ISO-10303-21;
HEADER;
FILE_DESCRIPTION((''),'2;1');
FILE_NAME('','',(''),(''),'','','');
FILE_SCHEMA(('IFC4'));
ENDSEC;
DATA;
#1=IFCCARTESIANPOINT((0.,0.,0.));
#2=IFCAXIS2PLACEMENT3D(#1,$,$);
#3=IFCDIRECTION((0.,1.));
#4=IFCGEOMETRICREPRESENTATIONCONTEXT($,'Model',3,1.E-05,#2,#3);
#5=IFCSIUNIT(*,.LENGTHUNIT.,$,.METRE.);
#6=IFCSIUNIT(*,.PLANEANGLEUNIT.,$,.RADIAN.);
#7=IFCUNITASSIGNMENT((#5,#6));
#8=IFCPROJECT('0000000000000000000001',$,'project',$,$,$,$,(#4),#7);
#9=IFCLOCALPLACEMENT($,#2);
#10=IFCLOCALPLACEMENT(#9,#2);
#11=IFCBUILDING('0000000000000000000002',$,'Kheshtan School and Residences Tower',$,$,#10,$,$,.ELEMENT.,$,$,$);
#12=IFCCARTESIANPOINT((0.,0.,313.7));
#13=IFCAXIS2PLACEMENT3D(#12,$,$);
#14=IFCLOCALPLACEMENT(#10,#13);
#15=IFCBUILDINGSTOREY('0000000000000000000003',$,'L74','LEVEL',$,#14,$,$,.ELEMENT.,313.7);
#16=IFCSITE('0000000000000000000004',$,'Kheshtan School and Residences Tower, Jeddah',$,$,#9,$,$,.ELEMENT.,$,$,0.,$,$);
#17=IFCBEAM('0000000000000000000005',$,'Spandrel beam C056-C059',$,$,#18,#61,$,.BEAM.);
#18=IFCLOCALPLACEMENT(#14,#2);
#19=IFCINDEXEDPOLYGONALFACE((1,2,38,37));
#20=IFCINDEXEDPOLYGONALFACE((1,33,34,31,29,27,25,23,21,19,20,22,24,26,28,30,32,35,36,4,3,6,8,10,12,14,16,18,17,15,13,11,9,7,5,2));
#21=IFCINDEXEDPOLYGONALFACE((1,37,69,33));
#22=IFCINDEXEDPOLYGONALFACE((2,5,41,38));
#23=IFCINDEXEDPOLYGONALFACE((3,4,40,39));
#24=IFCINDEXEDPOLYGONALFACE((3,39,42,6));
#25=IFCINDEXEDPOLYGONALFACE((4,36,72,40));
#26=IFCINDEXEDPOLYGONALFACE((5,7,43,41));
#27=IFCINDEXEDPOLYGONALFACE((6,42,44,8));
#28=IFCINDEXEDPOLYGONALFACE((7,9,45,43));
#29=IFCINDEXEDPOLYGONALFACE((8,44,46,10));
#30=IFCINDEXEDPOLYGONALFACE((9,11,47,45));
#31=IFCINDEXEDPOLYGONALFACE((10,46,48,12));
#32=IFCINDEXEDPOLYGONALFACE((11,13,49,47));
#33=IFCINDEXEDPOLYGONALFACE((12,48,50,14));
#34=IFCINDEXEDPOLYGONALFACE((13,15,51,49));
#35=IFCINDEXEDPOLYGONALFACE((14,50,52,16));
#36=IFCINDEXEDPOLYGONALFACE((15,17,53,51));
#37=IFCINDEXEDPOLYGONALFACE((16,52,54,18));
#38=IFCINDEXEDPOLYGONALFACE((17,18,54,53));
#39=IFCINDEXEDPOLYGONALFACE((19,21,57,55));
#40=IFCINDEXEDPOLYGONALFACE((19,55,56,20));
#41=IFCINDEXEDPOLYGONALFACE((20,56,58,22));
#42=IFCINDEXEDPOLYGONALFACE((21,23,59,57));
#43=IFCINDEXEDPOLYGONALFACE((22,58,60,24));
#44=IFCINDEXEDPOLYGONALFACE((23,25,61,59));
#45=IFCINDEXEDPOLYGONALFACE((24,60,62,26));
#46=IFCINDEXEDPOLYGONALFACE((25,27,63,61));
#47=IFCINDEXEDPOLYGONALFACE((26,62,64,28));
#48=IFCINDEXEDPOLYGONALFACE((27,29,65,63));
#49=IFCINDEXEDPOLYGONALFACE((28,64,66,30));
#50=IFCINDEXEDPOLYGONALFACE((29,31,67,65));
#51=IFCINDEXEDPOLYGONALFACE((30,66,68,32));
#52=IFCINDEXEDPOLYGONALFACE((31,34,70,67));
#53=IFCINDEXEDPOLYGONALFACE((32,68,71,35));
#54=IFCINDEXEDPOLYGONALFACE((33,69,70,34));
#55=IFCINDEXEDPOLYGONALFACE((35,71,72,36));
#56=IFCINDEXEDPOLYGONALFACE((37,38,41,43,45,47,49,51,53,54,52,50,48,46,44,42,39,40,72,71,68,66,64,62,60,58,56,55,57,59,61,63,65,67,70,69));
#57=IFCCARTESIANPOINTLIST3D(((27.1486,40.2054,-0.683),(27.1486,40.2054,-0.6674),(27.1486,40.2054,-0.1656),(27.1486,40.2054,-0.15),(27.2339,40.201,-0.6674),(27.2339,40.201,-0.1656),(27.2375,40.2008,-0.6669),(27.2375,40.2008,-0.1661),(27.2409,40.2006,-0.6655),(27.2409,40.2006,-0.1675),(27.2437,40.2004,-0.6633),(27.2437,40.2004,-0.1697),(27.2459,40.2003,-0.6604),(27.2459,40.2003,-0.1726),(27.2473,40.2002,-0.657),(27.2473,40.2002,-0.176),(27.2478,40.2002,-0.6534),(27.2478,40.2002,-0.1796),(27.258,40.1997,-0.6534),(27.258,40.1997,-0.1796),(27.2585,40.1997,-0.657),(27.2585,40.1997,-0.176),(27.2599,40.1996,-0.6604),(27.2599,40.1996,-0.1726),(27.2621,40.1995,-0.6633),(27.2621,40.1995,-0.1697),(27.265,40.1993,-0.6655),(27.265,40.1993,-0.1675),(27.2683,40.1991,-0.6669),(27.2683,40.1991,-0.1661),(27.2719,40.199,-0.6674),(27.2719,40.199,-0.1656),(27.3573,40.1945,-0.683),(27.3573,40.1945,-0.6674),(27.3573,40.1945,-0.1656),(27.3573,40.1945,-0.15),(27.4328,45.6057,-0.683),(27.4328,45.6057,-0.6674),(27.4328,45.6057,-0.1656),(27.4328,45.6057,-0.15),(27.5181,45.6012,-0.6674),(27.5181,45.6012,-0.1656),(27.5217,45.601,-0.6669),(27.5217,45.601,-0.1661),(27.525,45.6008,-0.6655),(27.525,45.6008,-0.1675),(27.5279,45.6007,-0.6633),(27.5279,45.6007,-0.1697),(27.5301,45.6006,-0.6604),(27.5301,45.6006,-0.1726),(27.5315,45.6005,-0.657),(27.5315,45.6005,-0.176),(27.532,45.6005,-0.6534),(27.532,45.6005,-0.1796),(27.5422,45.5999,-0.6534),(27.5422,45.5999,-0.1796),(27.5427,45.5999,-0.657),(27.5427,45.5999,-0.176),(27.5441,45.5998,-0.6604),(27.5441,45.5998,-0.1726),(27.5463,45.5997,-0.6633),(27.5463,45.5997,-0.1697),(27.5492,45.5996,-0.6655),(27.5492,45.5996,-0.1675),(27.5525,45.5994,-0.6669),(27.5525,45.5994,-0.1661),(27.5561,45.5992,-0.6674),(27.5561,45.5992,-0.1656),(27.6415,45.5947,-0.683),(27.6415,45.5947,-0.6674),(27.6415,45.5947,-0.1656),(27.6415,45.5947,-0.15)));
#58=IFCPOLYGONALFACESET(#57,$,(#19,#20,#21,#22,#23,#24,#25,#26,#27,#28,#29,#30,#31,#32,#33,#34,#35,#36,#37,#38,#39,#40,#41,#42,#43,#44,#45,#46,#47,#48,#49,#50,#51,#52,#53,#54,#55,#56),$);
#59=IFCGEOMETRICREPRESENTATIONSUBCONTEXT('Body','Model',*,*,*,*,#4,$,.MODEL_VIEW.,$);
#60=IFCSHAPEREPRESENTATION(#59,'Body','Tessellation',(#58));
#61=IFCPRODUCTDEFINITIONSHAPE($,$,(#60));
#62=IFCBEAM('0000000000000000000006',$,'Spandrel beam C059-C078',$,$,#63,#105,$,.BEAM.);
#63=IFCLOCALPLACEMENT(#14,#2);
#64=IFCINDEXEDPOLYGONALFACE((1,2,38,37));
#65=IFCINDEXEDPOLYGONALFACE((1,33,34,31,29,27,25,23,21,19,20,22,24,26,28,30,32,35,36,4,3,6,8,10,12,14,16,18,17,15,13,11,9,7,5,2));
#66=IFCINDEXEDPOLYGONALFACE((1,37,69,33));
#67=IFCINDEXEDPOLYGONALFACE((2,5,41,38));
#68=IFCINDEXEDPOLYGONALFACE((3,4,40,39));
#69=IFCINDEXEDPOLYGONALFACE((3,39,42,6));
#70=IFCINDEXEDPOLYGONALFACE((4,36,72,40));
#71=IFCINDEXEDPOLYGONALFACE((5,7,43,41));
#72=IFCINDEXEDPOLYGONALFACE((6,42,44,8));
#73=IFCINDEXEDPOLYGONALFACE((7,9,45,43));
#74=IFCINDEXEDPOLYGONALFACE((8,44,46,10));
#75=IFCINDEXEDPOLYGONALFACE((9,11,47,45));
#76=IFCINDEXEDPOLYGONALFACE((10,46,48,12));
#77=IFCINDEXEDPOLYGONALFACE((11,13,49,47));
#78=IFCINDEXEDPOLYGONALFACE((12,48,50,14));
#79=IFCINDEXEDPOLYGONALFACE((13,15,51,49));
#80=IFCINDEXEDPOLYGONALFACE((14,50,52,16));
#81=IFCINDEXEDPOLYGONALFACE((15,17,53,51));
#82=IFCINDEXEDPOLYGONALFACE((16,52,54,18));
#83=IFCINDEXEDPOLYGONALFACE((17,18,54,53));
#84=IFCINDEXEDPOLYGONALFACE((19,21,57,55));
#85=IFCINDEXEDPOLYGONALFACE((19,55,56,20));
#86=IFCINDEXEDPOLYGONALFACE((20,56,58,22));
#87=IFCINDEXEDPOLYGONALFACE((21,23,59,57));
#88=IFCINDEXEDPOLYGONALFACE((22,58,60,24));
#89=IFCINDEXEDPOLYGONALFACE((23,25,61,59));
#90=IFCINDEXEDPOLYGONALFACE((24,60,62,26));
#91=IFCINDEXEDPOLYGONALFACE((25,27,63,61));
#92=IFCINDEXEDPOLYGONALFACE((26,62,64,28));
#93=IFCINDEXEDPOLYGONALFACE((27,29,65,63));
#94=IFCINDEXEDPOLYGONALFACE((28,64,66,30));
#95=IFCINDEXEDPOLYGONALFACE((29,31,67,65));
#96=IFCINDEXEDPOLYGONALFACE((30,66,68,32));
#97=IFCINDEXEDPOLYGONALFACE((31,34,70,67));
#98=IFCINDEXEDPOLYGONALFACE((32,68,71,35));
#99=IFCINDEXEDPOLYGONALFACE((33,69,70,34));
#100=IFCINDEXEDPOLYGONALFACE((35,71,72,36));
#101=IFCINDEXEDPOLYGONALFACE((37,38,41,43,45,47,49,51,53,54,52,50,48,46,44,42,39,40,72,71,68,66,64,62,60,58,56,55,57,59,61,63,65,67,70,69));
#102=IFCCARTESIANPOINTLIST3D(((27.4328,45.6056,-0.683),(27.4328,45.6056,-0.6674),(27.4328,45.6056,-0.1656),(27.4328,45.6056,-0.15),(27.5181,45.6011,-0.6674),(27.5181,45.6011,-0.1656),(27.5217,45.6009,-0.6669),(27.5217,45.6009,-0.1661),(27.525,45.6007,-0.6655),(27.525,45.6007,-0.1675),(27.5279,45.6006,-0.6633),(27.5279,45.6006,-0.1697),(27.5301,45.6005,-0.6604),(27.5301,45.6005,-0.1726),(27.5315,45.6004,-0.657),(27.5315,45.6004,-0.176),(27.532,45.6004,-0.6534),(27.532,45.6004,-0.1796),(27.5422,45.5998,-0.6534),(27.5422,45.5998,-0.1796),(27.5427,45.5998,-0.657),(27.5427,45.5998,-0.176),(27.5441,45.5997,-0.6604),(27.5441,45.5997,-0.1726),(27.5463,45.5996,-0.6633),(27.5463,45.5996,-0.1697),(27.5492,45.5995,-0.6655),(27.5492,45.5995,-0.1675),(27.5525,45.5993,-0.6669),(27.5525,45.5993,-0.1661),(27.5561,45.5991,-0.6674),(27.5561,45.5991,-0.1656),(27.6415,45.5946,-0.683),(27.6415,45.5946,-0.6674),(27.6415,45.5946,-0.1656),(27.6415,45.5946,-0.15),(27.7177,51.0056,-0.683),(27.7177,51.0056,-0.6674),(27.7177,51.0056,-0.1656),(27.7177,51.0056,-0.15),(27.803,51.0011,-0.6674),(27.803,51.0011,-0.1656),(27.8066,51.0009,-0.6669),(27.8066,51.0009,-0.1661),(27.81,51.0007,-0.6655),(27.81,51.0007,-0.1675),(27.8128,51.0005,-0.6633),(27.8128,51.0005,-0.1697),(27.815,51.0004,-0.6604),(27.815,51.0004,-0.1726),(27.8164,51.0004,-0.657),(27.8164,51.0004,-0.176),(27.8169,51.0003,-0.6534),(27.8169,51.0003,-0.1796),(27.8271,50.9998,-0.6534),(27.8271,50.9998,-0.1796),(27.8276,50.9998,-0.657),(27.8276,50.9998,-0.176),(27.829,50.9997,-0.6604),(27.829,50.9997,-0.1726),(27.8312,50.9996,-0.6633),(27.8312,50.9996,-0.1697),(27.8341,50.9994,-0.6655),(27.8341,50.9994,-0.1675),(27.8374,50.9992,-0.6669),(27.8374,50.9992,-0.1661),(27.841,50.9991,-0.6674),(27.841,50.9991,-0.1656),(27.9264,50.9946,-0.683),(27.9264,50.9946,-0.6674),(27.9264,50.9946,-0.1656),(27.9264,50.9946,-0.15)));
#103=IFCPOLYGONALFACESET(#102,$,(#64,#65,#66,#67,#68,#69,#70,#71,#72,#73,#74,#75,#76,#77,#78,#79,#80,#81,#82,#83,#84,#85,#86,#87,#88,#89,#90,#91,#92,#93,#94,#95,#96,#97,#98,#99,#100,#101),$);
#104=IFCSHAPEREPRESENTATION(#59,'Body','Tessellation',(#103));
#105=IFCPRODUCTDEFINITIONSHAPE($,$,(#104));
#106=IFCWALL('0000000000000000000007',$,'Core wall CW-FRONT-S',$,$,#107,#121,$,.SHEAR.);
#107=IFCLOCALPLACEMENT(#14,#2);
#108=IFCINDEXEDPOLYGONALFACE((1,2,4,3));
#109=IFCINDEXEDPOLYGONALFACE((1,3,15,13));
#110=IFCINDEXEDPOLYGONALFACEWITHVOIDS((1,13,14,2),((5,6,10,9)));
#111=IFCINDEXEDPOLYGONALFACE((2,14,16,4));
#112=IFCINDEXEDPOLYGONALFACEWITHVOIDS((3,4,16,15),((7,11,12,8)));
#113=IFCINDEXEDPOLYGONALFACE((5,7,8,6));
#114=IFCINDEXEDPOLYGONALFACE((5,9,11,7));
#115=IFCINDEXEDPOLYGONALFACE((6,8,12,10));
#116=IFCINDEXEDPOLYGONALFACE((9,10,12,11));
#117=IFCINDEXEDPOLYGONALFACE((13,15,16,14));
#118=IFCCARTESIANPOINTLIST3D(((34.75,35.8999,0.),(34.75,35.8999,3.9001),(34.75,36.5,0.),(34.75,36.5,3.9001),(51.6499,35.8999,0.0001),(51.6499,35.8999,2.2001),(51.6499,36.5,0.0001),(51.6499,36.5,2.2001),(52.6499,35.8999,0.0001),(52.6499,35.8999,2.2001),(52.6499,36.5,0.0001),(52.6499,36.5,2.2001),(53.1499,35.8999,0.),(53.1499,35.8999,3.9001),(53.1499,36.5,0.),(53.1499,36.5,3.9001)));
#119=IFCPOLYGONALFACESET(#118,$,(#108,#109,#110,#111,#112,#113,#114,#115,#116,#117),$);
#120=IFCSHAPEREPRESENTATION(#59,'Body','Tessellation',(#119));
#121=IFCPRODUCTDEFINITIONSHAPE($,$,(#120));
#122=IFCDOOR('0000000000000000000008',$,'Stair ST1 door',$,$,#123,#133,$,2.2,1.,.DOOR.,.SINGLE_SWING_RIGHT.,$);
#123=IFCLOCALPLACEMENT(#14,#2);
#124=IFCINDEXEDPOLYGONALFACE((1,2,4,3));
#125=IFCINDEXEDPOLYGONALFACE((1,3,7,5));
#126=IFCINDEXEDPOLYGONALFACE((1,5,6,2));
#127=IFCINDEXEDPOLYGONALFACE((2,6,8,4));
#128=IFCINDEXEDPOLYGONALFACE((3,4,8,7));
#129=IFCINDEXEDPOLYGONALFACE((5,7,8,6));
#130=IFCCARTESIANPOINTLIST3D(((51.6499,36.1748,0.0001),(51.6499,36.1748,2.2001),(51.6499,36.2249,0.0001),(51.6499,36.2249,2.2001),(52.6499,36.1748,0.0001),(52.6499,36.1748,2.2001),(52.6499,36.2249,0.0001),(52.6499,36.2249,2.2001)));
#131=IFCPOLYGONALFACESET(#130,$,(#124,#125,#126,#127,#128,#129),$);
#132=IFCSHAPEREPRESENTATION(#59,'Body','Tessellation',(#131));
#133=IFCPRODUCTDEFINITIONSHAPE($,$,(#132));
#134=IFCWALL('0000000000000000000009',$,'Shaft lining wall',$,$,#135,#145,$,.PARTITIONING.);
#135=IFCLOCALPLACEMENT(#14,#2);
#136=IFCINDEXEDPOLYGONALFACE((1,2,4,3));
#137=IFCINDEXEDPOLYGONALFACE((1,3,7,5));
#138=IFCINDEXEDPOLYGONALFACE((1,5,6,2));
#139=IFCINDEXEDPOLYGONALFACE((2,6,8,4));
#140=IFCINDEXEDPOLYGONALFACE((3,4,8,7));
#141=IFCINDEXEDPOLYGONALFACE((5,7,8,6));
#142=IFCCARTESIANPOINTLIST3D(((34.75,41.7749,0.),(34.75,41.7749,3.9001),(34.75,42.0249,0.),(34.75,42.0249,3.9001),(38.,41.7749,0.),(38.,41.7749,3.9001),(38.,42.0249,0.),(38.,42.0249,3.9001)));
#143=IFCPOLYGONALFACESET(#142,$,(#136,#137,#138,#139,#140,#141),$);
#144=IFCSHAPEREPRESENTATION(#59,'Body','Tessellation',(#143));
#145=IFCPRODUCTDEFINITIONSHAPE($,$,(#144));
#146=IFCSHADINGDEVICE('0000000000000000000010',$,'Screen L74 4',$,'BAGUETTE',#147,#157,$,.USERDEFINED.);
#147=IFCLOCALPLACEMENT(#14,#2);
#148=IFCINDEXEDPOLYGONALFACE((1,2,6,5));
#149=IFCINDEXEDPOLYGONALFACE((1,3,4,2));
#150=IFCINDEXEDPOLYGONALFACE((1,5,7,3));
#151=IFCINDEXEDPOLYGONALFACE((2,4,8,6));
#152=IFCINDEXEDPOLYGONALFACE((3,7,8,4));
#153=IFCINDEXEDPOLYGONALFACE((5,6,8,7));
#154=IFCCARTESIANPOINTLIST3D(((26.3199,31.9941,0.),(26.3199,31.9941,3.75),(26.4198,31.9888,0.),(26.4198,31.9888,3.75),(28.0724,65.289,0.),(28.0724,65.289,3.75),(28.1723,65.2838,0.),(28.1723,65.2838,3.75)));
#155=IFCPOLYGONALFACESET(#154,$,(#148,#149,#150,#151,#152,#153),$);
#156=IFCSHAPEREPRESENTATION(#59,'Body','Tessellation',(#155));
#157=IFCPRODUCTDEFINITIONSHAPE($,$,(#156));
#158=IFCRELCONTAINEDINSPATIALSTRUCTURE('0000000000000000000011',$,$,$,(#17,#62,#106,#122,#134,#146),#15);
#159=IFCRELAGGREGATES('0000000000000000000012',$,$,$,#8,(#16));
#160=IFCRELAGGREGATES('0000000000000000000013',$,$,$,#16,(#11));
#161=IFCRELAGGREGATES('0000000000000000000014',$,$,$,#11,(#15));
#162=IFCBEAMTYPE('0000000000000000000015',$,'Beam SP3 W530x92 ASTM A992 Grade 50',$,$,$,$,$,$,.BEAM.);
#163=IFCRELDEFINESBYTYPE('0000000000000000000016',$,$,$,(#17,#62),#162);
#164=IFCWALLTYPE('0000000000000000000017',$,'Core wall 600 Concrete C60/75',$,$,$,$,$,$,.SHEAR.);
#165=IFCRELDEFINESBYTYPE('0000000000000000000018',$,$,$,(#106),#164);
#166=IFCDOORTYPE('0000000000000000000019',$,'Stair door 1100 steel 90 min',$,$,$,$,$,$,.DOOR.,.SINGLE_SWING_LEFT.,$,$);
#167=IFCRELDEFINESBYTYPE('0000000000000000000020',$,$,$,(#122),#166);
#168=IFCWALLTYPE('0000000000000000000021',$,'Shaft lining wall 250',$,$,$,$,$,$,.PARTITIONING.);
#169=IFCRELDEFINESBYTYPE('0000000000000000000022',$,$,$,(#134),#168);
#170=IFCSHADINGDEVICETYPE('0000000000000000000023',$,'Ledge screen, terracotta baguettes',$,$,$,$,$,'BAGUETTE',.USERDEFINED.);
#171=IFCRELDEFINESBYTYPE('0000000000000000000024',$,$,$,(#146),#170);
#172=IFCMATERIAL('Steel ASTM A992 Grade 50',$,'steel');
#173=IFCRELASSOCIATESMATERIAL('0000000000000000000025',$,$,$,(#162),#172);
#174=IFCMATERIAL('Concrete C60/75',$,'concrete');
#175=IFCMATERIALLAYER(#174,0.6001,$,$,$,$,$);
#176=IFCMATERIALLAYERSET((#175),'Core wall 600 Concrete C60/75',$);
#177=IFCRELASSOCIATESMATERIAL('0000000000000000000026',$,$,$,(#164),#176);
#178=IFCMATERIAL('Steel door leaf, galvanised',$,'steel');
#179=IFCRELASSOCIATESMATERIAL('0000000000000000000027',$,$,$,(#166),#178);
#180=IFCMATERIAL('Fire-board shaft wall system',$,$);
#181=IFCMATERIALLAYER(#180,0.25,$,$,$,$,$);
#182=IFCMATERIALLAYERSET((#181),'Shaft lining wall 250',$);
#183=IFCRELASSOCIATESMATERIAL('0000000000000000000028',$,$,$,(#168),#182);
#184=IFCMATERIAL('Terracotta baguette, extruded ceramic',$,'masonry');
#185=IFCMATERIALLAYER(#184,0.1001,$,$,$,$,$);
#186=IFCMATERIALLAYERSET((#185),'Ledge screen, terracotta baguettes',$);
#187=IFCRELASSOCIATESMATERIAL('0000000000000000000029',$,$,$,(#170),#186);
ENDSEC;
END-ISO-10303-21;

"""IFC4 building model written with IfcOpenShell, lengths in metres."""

from ifc_helpers import new_model, si_unit, direction, frame, frame_2d, origin, origin_2d, place, context, subcontext, project, spatial, rectangle, i_section, extrude, source, transform, mapped, material, layer, layer_set, material_profile, profile_set, type_object, element, fill, save


model = new_model("IFC4")

# Units and contexts
model_context = context("Model", 3, precision=1e-05, world=origin(), true_north=direction((0.0, 1.0)))
body_context = subcontext(model_context, "Body", "Model", "MODEL_VIEW")
ifc_project = project(units=[si_unit("LENGTHUNIT", "METRE"), si_unit("PLANEANGLEUNIT", "RADIAN")], contexts=[model_context])

# Site, building, storey
site_placement = place(None, origin())
site = spatial("IfcSite", under=ifc_project, at=site_placement, Name="Kheshtan School and Residences Tower, Jeddah", CompositionType="ELEMENT", RefElevation=0.0)
building_placement = place(site_placement, origin())
building = spatial("IfcBuilding", under=site, at=building_placement, Name="Kheshtan School and Residences Tower", CompositionType="ELEMENT")
storey_placement = place(building_placement, frame((0.0, 0.0, 313.7)))
storey = spatial("IfcBuildingStorey", under=building, at=storey_placement, Name="L74", Description="LEVEL", CompositionType="ELEMENT", Elevation=313.7)

# Shared definitions
ifc_material_1 = material(Name="Steel ASTM A992 Grade 50", Category="steel")

# Beams
ifc_material_profile_1 = material_profile(ifc_material_1, i_section(OverallWidth=0.209, OverallDepth=0.533, WebThickness=0.0103, FlangeThickness=0.0156, FilletRadius=0.0139, at=origin_2d()), Name="W530x92")
ifc_profile_set_1 = profile_set([ifc_material_profile_1], Name="Steel ASTM A992 Grade 50")
beam_type_1 = type_object("IfcBeamType", Name="Beam SP3 W530x92 ASTM A992 Grade 50", PredefinedType="BEAM", material=ifc_profile_set_1)
beam_1_placement = place(storey_placement, frame((27.2529, 40.2, -0.4165), z_axis=(0.052552, 0.998618, 0.0), x_axis=(-0.998618, 0.052552, 0.0)))
element("IfcBeam", 1, at=beam_1_placement, inside=storey, type_object=beam_type_1, Name="Spandrel beam C056-C059", PredefinedType="BEAM", context=body_context, shape_type="SweptSolid", body=[
    extrude(i_section(OverallWidth=0.209, OverallDepth=0.533, WebThickness=0.0103, FlangeThickness=0.0156, FilletRadius=0.0139, at=origin_2d()), origin(), (0.0, 0.0, 1.0), 5.4077),
])
beam_2_placement = place(storey_placement, frame((27.5371, 45.6001, -0.4165), z_axis=(0.052689, 0.998611, 0.0), x_axis=(-0.998611, 0.052689, 0.0)))
element("IfcBeam", 2, at=beam_2_placement, inside=storey, type_object=beam_type_1, Name="Spandrel beam C059-C078", PredefinedType="BEAM", context=body_context, shape_type="SweptSolid", body=[
    extrude(i_section(OverallWidth=0.209, OverallDepth=0.533, WebThickness=0.0103, FlangeThickness=0.0156, FilletRadius=0.0139, at=origin_2d()), origin(), (0.0, 0.0, 1.0), 5.4075),
])

# Wall, opening, door
ifc_material_2 = material(Name="Concrete C60/75", Category="concrete")
ifc_layer_1 = layer(ifc_material_2, 0.6001)
ifc_layer_set_1 = layer_set([ifc_layer_1], Name="Core wall 600 Concrete C60/75")
wall_type_1 = type_object("IfcWallType", Name="Core wall 600 Concrete C60/75", PredefinedType="SHEAR", material=ifc_layer_set_1)
wall_1_placement = place(storey_placement, frame((34.75, 36.2, 0.0), z_axis=(0.0, 0.0, 1.0), x_axis=(1.0, 0.0, 0.0)))
wall_1 = element("IfcWall", 3, at=wall_1_placement, inside=storey, type_object=wall_type_1, Name="Core wall CW-FRONT-S", PredefinedType="SHEAR", context=body_context, shape_type="SweptSolid", body=[
    extrude(rectangle(XDim=18.3999, YDim=0.6001, at=frame_2d((9.2, 0.0))), origin(), (0.0, 0.0, 1.0), 3.9001),
])
opening_placement = place(wall_1_placement, frame((16.8999, 0.0, 0.0)))
opening = element("IfcOpeningElement", 4, at=opening_placement, cuts=wall_1, PredefinedType="OPENING", context=body_context, shape_type="SweptSolid", body=[
    extrude(rectangle(XDim=1.0, YDim=2.2, at=frame_2d((0.5, 1.1001))), frame((0.0, 0.3101, 0.0), z_axis=(0.0, -1.0, 0.0), x_axis=(1.0, 0.0, 0.0)), (0.0, 0.0, 1.0), 0.6201),
])
ifc_material_3 = material(Name="Steel door leaf, galvanised", Category="steel")
door_type = type_object("IfcDoorType", Name="Stair door 1100 steel 90 min", OperationType="SINGLE_SWING_LEFT", PredefinedType="DOOR", material=ifc_material_3)
shared_shape = source(origin(), body_context, "Body", "SweptSolid", [
    extrude(rectangle(XDim=1.0, YDim=2.2, at=frame_2d((0.5, 1.1001))), frame((0.0, 0.0249, 0.0), z_axis=(0.0, -1.0, 0.0), x_axis=(1.0, 0.0, 0.0)), (0.0, 0.0, 1.0), 0.05),
])
door_placement = place(opening_placement, origin())
door = element("IfcDoor", 5, at=door_placement, inside=storey, type_object=door_type, Name="Stair ST1 door", OperationType="SINGLE_SWING_RIGHT", OverallHeight=2.2, OverallWidth=1.0, PredefinedType="DOOR", context=body_context, shape_type="MappedRepresentation", body=[
    mapped(shared_shape, transform((0.0, 0.0, 0.0), x_axis=(1.0, 0.0, 0.0), y_axis=(0.0, 1.0, 0.0), z_axis=(0.0, 0.0, 1.0), scale=1.0)),
])
fill(opening, door)

# Wall
ifc_material_4 = material(Name="Fire-board shaft wall system")
ifc_layer_2 = layer(ifc_material_4, 0.25)
ifc_layer_set_2 = layer_set([ifc_layer_2], Name="Shaft lining wall 250")
wall_type_2 = type_object("IfcWallType", Name="Shaft lining wall 250", PredefinedType="PARTITIONING", material=ifc_layer_set_2)
wall_2_placement = place(storey_placement, frame((34.75, 41.8999, 0.0), z_axis=(0.0, 0.0, 1.0), x_axis=(1.0, 0.0, 0.0)))
element("IfcWall", 6, at=wall_2_placement, inside=storey, type_object=wall_type_2, Name="Shaft lining wall", PredefinedType="PARTITIONING", context=body_context, shape_type="SweptSolid", body=[
    extrude(rectangle(XDim=3.25, YDim=0.25, at=frame_2d((1.625, 0.0))), origin(), (0.0, 0.0, 1.0), 3.9001),
])

# Shading device
ifc_material_5 = material(Name="Terracotta baguette, extruded ceramic", Category="masonry")
ifc_layer_3 = layer(ifc_material_5, 0.1001)
ifc_layer_set_3 = layer_set([ifc_layer_3], Name="Ledge screen, terracotta baguettes")
shading_device_type = type_object("IfcShadingDeviceType", Name="Ledge screen, terracotta baguettes", ElementType="BAGUETTE", PredefinedType="USERDEFINED", material=ifc_layer_set_3)
shading_device_placement = place(storey_placement, frame((27.2461, 48.6389, 0.0), z_axis=(0.0, 0.0, 1.0), x_axis=(0.052563, 0.998618, 0.0)))
element("IfcShadingDevice", 7, at=shading_device_placement, inside=storey, type_object=shading_device_type, Name="Screen L74 4", ObjectType="BAGUETTE", PredefinedType="USERDEFINED", context=body_context, shape_type="SweptSolid", body=[
    extrude(rectangle(XDim=33.3411, YDim=0.1001, at=origin_2d()), origin(), (0.0, 0.0, 1.0), 3.75),
])

save(model, "model.ifc")
